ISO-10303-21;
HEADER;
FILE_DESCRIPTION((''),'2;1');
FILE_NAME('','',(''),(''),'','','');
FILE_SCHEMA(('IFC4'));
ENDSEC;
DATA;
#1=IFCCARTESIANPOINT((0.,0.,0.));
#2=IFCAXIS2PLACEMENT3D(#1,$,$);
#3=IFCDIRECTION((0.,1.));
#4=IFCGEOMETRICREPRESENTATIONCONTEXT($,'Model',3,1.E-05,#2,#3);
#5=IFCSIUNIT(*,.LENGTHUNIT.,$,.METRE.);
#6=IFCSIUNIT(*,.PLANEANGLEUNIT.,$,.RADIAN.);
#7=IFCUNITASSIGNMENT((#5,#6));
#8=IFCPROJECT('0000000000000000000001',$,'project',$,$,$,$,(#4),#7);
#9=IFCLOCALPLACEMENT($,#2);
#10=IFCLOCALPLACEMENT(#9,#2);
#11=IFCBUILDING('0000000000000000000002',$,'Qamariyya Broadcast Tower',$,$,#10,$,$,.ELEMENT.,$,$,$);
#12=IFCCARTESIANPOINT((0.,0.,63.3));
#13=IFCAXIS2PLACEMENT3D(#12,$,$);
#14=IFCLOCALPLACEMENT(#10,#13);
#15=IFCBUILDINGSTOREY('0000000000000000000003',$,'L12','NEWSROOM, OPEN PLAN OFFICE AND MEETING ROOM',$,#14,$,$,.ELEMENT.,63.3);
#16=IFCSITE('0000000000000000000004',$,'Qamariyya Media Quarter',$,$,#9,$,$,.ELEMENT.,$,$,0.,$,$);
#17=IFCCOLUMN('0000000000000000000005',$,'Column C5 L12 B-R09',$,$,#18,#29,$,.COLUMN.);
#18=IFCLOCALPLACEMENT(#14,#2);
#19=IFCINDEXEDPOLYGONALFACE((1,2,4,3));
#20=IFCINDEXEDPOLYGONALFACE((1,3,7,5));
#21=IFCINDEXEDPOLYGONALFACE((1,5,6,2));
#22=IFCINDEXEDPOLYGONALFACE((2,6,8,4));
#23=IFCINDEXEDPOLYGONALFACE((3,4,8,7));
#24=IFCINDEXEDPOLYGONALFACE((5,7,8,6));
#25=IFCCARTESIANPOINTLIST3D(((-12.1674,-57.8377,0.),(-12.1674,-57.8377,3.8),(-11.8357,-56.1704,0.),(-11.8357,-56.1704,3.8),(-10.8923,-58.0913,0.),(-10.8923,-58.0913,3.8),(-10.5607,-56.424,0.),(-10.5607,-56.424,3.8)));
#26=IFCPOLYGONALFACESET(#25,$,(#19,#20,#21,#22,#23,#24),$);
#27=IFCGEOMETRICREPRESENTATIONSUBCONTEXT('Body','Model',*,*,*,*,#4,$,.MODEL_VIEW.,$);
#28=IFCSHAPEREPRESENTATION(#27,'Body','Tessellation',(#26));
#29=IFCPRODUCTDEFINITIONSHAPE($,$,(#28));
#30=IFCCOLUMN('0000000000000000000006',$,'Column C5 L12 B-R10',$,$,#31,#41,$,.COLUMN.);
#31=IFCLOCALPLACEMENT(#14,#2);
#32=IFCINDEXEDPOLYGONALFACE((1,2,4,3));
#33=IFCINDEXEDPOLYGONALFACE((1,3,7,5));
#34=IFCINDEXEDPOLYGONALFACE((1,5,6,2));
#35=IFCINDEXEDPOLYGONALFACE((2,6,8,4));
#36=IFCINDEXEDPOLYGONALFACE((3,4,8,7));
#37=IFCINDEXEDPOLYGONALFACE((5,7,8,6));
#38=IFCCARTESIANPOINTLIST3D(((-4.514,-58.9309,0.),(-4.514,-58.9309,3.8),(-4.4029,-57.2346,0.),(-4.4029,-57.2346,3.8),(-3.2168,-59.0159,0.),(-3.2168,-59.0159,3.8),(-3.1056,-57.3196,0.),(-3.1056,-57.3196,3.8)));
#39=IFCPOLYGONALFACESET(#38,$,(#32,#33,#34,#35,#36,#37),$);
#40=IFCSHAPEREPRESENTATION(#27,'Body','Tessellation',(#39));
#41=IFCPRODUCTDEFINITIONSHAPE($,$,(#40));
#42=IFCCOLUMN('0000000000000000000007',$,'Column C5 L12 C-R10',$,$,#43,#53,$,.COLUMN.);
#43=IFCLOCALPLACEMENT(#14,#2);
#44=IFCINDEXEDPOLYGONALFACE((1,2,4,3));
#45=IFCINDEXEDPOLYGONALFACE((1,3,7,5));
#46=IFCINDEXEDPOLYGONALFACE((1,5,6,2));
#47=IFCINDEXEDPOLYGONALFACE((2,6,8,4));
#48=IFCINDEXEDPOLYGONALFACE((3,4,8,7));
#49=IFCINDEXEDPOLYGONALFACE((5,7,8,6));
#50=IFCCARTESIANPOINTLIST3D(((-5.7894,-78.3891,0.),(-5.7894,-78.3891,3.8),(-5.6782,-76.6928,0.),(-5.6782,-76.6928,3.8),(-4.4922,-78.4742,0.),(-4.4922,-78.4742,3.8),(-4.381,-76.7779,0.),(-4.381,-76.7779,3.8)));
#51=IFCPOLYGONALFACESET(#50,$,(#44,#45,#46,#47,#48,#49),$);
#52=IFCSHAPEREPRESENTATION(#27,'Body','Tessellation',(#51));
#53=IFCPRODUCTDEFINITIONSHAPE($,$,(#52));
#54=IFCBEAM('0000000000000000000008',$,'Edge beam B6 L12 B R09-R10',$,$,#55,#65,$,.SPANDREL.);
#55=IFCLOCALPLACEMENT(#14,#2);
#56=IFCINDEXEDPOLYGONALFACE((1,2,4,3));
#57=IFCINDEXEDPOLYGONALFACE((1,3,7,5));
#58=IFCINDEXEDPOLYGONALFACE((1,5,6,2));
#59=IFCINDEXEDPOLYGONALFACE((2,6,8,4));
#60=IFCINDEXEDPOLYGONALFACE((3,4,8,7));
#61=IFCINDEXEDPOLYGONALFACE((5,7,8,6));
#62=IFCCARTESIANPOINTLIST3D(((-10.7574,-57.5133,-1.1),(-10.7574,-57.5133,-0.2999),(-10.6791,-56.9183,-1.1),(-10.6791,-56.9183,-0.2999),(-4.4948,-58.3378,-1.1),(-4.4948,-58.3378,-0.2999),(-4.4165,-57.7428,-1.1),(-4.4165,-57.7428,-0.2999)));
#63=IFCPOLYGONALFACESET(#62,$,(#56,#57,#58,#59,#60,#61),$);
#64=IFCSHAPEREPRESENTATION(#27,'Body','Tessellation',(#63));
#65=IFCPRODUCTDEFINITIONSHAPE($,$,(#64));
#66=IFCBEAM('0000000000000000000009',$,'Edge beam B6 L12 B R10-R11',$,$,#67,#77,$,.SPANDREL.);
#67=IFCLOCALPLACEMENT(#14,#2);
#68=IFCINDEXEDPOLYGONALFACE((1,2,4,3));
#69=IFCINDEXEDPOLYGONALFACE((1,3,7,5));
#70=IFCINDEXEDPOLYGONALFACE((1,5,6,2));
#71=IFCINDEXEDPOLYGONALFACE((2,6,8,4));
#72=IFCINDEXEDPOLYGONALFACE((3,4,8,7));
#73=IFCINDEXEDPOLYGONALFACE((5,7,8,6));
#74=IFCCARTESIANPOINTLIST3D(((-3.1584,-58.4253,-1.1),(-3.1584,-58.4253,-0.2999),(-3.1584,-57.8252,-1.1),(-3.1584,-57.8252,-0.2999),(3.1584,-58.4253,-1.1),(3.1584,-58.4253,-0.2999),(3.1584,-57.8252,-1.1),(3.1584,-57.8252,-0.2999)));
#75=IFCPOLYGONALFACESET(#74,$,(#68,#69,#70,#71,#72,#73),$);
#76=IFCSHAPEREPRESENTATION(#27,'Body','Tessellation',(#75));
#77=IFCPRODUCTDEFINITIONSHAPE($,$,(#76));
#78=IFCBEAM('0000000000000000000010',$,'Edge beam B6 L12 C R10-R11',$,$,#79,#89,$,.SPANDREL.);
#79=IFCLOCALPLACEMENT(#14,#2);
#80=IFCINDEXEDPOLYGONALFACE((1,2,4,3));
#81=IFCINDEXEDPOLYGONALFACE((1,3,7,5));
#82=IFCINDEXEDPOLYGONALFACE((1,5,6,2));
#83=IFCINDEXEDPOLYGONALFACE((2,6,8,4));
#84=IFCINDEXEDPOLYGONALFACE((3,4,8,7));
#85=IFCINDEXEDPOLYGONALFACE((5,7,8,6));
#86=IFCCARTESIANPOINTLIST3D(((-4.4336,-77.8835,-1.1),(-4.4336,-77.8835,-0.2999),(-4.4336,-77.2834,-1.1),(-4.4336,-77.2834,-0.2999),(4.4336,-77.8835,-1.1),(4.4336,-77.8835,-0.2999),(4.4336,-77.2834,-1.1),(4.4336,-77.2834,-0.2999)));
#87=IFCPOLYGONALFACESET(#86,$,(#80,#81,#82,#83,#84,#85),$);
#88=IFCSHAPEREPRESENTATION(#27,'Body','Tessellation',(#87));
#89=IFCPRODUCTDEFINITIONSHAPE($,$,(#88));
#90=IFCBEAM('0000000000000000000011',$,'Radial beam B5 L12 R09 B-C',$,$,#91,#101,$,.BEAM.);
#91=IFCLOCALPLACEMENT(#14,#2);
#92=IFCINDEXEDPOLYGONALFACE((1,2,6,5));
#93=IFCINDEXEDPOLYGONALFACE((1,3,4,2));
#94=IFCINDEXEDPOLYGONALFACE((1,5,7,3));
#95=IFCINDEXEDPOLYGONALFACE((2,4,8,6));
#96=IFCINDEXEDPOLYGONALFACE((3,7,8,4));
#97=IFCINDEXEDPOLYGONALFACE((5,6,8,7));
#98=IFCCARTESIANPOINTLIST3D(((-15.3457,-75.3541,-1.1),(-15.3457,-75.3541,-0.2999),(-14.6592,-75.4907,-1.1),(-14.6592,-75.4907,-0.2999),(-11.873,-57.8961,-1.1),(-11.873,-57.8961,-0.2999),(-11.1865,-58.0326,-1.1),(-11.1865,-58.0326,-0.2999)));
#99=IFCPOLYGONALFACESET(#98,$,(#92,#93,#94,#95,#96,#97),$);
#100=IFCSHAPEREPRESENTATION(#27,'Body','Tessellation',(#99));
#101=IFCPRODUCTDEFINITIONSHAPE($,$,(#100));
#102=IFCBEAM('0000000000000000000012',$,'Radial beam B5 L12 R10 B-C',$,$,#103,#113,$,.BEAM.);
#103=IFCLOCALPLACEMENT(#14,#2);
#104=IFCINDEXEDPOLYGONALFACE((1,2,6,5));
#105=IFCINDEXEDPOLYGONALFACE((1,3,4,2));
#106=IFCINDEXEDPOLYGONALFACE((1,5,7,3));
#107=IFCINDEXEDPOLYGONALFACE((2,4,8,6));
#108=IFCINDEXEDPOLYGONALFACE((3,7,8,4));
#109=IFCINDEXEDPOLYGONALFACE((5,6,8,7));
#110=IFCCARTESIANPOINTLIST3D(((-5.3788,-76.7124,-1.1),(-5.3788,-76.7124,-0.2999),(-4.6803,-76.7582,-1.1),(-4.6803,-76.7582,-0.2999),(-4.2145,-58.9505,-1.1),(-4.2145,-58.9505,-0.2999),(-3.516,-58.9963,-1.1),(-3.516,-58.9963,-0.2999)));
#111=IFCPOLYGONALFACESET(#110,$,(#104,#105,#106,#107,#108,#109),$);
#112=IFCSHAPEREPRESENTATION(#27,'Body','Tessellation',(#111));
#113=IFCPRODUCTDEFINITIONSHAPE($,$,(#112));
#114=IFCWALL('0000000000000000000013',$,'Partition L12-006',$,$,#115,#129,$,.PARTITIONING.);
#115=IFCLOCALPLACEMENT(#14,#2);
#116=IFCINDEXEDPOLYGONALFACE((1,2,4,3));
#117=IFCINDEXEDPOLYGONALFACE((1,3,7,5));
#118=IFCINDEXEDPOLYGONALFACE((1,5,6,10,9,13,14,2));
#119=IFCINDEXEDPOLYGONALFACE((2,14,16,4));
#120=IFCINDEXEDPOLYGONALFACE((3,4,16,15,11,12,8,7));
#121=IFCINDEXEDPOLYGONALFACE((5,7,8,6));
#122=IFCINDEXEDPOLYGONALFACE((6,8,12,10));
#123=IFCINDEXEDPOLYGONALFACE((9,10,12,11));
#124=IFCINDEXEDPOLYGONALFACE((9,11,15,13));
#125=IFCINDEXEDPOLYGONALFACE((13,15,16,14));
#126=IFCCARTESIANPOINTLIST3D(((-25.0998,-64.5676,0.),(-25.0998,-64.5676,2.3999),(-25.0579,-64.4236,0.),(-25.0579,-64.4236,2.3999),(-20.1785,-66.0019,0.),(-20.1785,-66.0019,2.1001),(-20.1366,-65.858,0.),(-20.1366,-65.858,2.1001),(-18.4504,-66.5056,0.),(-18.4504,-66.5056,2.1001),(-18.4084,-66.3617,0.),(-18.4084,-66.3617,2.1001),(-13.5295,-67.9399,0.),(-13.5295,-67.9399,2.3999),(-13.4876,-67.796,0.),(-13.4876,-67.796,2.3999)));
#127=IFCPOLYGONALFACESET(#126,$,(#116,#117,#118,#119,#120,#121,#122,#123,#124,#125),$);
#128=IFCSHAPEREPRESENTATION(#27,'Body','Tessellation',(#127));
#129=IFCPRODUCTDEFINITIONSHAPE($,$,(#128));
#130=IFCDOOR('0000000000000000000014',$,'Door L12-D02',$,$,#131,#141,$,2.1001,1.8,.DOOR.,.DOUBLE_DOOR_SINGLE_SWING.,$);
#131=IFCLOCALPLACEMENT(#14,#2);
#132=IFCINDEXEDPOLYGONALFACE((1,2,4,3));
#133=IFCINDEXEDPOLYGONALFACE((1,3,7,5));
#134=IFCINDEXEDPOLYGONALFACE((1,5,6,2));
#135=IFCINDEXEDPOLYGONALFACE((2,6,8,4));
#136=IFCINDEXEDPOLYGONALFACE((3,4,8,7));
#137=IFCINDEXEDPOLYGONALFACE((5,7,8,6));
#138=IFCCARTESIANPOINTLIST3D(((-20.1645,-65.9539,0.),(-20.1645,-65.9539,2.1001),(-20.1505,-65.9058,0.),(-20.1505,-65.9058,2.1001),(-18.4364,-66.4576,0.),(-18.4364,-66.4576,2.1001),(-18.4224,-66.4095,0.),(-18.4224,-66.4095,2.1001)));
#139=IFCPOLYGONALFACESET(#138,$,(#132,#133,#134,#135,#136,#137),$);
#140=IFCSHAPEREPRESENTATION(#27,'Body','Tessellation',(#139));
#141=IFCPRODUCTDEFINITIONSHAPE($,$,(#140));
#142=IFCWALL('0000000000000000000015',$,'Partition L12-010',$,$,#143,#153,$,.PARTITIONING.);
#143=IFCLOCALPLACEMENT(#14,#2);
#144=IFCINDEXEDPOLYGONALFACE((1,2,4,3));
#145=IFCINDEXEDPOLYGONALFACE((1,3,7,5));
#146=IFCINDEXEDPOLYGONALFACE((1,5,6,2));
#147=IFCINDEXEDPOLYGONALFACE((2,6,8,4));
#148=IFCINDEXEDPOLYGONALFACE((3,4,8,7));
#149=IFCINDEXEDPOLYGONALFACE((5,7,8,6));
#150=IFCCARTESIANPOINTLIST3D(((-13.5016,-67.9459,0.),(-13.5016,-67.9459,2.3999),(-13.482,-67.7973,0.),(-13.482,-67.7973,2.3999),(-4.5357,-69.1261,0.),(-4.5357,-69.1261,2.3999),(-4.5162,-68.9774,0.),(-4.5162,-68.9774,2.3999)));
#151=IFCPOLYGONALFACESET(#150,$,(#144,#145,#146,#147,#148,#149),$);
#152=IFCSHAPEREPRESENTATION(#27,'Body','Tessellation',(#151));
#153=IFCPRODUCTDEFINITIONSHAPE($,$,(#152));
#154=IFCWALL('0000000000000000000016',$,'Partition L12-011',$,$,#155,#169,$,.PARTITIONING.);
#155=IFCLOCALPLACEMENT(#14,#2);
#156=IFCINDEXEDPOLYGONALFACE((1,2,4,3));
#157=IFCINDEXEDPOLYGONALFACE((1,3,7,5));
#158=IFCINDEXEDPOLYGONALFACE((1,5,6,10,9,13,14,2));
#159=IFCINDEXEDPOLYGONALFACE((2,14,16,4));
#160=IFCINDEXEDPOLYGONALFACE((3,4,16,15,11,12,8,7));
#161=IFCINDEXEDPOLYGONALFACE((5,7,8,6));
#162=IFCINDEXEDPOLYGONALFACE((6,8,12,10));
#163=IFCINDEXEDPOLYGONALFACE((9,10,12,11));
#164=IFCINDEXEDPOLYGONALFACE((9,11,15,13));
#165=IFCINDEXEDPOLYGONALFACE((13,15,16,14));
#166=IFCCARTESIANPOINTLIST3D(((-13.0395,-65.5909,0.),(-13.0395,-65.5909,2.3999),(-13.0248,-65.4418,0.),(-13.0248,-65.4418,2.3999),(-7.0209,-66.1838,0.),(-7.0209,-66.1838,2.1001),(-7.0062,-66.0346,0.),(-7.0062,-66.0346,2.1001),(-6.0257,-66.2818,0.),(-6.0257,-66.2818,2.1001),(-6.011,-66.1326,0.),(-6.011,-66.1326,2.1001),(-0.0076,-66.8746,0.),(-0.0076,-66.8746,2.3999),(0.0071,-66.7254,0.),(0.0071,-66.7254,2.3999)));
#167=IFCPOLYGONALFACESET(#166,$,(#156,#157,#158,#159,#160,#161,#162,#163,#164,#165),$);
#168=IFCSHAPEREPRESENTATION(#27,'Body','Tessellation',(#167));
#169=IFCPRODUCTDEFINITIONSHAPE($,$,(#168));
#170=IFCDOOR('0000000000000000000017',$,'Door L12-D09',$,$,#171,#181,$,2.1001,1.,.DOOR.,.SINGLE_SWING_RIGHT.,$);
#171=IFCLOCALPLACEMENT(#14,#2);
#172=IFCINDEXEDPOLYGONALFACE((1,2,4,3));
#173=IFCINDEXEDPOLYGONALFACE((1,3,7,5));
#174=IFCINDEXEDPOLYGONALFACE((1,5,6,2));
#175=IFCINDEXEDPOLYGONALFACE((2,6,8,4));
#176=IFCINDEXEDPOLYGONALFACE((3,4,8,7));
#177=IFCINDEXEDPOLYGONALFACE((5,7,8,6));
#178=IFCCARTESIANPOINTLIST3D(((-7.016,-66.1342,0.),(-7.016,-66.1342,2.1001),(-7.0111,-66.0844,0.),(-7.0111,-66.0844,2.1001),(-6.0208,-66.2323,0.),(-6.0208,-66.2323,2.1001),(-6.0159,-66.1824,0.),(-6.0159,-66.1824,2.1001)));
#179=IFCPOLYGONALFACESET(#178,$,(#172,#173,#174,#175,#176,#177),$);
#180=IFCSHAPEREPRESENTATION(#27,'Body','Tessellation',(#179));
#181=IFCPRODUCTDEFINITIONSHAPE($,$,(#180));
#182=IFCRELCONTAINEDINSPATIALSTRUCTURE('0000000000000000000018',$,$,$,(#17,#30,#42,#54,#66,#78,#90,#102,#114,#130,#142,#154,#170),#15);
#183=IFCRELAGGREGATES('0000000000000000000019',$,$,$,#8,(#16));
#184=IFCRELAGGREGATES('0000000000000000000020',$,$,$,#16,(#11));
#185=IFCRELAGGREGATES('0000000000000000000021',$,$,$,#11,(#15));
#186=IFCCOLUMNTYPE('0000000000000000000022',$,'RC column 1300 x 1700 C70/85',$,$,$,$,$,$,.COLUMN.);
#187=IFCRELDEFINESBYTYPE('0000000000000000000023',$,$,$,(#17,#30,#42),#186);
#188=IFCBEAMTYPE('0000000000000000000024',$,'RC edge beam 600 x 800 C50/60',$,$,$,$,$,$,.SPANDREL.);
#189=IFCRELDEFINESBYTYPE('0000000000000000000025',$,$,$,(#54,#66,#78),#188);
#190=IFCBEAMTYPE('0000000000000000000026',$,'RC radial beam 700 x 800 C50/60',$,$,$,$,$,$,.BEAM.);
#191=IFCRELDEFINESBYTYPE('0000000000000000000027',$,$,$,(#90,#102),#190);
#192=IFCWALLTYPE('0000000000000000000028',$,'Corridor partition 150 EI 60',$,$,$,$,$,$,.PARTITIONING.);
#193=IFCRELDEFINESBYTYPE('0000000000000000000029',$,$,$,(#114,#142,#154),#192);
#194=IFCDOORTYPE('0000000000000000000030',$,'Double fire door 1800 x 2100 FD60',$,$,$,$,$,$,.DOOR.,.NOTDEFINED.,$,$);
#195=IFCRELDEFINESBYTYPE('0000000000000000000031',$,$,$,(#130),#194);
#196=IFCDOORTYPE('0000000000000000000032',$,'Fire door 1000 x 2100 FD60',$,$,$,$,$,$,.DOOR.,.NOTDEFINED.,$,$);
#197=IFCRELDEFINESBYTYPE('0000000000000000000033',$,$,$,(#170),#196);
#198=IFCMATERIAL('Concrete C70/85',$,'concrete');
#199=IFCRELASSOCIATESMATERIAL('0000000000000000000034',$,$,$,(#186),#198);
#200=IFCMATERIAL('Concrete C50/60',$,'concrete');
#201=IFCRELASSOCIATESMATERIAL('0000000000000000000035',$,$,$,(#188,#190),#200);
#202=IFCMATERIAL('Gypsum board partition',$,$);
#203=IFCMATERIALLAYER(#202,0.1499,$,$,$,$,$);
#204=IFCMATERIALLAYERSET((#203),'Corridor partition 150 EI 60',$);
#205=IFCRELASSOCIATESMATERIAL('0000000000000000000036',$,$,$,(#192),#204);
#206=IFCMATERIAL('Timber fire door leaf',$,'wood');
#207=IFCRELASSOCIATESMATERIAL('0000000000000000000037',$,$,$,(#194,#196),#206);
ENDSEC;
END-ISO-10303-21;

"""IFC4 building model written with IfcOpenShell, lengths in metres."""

from ifc_helpers import new_model, si_unit, direction, frame, frame_2d, origin, origin_2d, place, context, subcontext, project, spatial, rectangle, extrude, material, layer, layer_set, material_profile, profile_set, type_object, element, fill, save


model = new_model("IFC4")

# Units and contexts
model_context = context("Model", 3, precision=1e-05, world=origin(), true_north=direction((0.0, 1.0)))
body_context = subcontext(model_context, "Body", "Model", "MODEL_VIEW")
ifc_project = project(units=[si_unit("LENGTHUNIT", "METRE"), si_unit("PLANEANGLEUNIT", "RADIAN")], contexts=[model_context])

# Site, building, storey
site_placement = place(None, origin())
site = spatial("IfcSite", under=ifc_project, at=site_placement, Name="Qamariyya Media Quarter", CompositionType="ELEMENT", RefElevation=0.0)
building_placement = place(site_placement, origin())
building = spatial("IfcBuilding", under=site, at=building_placement, Name="Qamariyya Broadcast Tower", CompositionType="ELEMENT")
storey_placement = place(building_placement, frame((0.0, 0.0, 63.3)))
storey = spatial("IfcBuildingStorey", under=building, at=storey_placement, Name="L12", Description="NEWSROOM, OPEN PLAN OFFICE AND MEETING ROOM", CompositionType="ELEMENT", Elevation=63.3)

# Columns
ifc_material_1 = material(Name="Concrete C70/85", Category="concrete")
ifc_material_profile_1 = material_profile(ifc_material_1, rectangle(XDim=1.3, YDim=1.7, at=origin_2d()))
ifc_profile_set_1 = profile_set([ifc_material_profile_1], Name="Concrete C70/85")
column_type = type_object("IfcColumnType", Name="RC column 1300 x 1700 C70/85", PredefinedType="COLUMN", material=ifc_profile_set_1)
for number, where, z_axis, x_axis, name in (
    (1, (-11.364, -57.1309, 0.0), (0.0, 0.0, 1.0), (0.980785, -0.19509, 0.0), "Column C5 L12 B-R09"),
    (2, (-3.8098, -58.1252, 0.0), (0.0, 0.0, 1.0), (0.997859, -0.065403, 0.0), "Column C5 L12 B-R10"),
    (3, (-5.0852, -77.5835, 0.0), (0.0, 0.0, 1.0), (0.997859, -0.065403, 0.0), "Column C5 L12 C-R10"),
):
    element("IfcColumn", number, at=place(storey_placement, frame(where, z_axis=z_axis, x_axis=x_axis)), inside=storey, type_object=column_type, Name=name, PredefinedType="COLUMN", context=body_context, shape_type="SweptSolid", body=[
        extrude(rectangle(XDim=1.3, YDim=1.7, at=origin_2d()), origin(), (0.0, 0.0, 1.0), 3.8),
    ])

# Beams
ifc_material_2 = material(Name="Concrete C50/60", Category="concrete")
ifc_material_profile_2 = material_profile(ifc_material_2, rectangle(XDim=0.6001, YDim=0.8, at=origin_2d()))
ifc_profile_set_2 = profile_set([ifc_material_profile_2], Name="Concrete C50/60")
beam_type_1 = type_object("IfcBeamType", Name="RC edge beam 600 x 800 C50/60", PredefinedType="SPANDREL", material=ifc_profile_set_2)
beam_1_placement = place(storey_placement, frame((-10.7183, -57.2158, -0.7), z_axis=(0.991446, -0.13052, 0.0), x_axis=(0.13052, 0.991446, 0.0)))
element("IfcBeam", 4, at=beam_1_placement, inside=storey, type_object=beam_type_1, Name="Edge beam B6 L12 B R09-R10", PredefinedType="SPANDREL", context=body_context, shape_type="SweptSolid", body=[
    extrude(rectangle(XDim=0.6001, YDim=0.8, at=origin_2d()), origin(), (0.0, 0.0, 1.0), 6.3167),
])
beam_2_placement = place(storey_placement, frame((-3.1584, -58.1252, -0.7), z_axis=(1.0, 0.0, 0.0), x_axis=(0.0, 1.0, 0.0)))
element("IfcBeam", 5, at=beam_2_placement, inside=storey, type_object=beam_type_1, Name="Edge beam B6 L12 B R10-R11", PredefinedType="SPANDREL", context=body_context, shape_type="SweptSolid", body=[
    extrude(rectangle(XDim=0.6001, YDim=0.8, at=origin_2d()), origin(), (0.0, 0.0, 1.0), 6.3169),
])
beam_3_placement = place(storey_placement, frame((-4.4336, -77.5835, -0.7), z_axis=(1.0, 0.0, 0.0), x_axis=(0.0, 1.0, 0.0)))
element("IfcBeam", 6, at=beam_3_placement, inside=storey, type_object=beam_type_1, Name="Edge beam B6 L12 C R10-R11", PredefinedType="SPANDREL", context=body_context, shape_type="SweptSolid", body=[
    extrude(rectangle(XDim=0.6001, YDim=0.8, at=origin_2d()), origin(), (0.0, 0.0, 1.0), 8.8672),
])
ifc_material_profile_3 = material_profile(ifc_material_2, rectangle(XDim=0.7, YDim=0.8, at=origin_2d()))
ifc_profile_set_3 = profile_set([ifc_material_profile_3], Name="Concrete C50/60")
beam_type_2 = type_object("IfcBeamType", Name="RC radial beam 700 x 800 C50/60", PredefinedType="BEAM", material=ifc_profile_set_3)
for number, where, z_axis, x_axis, name in (
    (7, (-11.5298, -57.9644, -0.7), (-0.195093, -0.980785, 0.0), (0.980785, -0.195093, 0.0), "Radial beam B5 L12 R09 B-C"),
    (8, (-3.8652, -58.9734, -0.7), (-0.06541, -0.997858, 0.0), (0.997858, -0.06541, 0.0), "Radial beam B5 L12 R10 B-C"),
):
    element("IfcBeam", number, at=place(storey_placement, frame(where, z_axis=z_axis, x_axis=x_axis)), inside=storey, type_object=beam_type_2, Name=name, PredefinedType="BEAM", context=body_context, shape_type="SweptSolid", body=[
        extrude(rectangle(XDim=0.7, YDim=0.8, at=origin_2d()), origin(), (0.0, 0.0, 1.0), 17.8),
    ])

# Wall, opening, door
ifc_material_3 = material(Name="Gypsum board partition")
ifc_layer_1 = layer(ifc_material_3, 0.1499)
ifc_layer_set_1 = layer_set([ifc_layer_1], Name="Corridor partition 150 EI 60")
wall_type_1 = type_object("IfcWallType", Name="Corridor partition 150 EI 60", PredefinedType="PARTITIONING", material=ifc_layer_set_1)
wall_1_placement = place(storey_placement, frame((-13.5085, -67.8679, 0.0), z_axis=(0.0, 0.0, 1.0), x_axis=(-0.960053, 0.27982, 0.0)))
wall_1 = element("IfcWall", 9, at=wall_1_placement, inside=storey, type_object=wall_type_1, Name="Partition L12-006", PredefinedType="PARTITIONING", context=body_context, shape_type="SweptSolid", body=[
    extrude(rectangle(XDim=12.0518, YDim=0.1499, at=frame_2d((6.0259, 0.0))), origin(), (0.0, 0.0, 1.0), 2.3999),
])
opening_1_placement = place(wall_1_placement, frame((5.1257, 0.0, 0.0)))
opening_1 = element("IfcOpeningElement", 10, at=opening_1_placement, cuts=wall_1, PredefinedType="OPENING", context=body_context, shape_type="SweptSolid", body=[
    extrude(rectangle(XDim=1.8, YDim=2.1001, at=frame_2d((0.8999, 1.05))), frame((0.0, 0.085, 0.0), z_axis=(0.0, -1.0, 0.0), x_axis=(1.0, 0.0, 0.0)), (0.0, 0.0, 1.0), 0.1699),
])
ifc_material_4 = material(Name="Timber fire door leaf", Category="wood")
door_type_1 = type_object("IfcDoorType", Name="Double fire door 1800 x 2100 FD60", OperationType="NOTDEFINED", PredefinedType="DOOR", material=ifc_material_4)
door_1_placement = place(opening_1_placement, origin())
door_1 = element("IfcDoor", 11, at=door_1_placement, inside=storey, type_object=door_type_1, Name="Door L12-D02", OperationType="DOUBLE_DOOR_SINGLE_SWING", OverallHeight=2.1001, OverallWidth=1.8, PredefinedType="DOOR", context=body_context, shape_type="SweptSolid", body=[
    extrude(rectangle(XDim=1.8, YDim=2.1001, at=frame_2d((0.8999, 1.05))), frame((0.0, 0.0249, 0.0), z_axis=(0.0, -1.0, 0.0), x_axis=(1.0, 0.0, 0.0)), (0.0, 0.0, 1.0), 0.05),
])
fill(opening_1, door_1)

# Wall
wall_2_placement = place(storey_placement, frame((-13.4917, -67.8716, 0.0), z_axis=(0.0, 0.0, 1.0), x_axis=(0.991448, -0.130505, 0.0)))
element("IfcWall", 12, at=wall_2_placement, inside=storey, type_object=wall_type_1, Name="Partition L12-010", PredefinedType="PARTITIONING", context=body_context, shape_type="SweptSolid", body=[
    extrude(rectangle(XDim=9.0432, YDim=0.1499, at=frame_2d((4.5215, 0.0))), origin(), (0.0, 0.0, 1.0), 2.3999),
])

# Wall, opening, door
wall_3_placement = place(storey_placement, frame((-13.032, -65.5164, 0.0), z_axis=(0.0, 0.0, 1.0), x_axis=(0.995184, -0.098029, 0.0)))
wall_3 = element("IfcWall", 13, at=wall_3_placement, inside=storey, type_object=wall_type_1, Name="Partition L12-011", PredefinedType="PARTITIONING", context=body_context, shape_type="SweptSolid", body=[
    extrude(rectangle(XDim=13.095, YDim=0.1499, at=frame_2d((6.5474, 0.0))), origin(), (0.0, 0.0, 1.0), 2.3999),
])
opening_2_placement = place(wall_3_placement, frame((6.0476, 0.0, 0.0)))
opening_2 = element("IfcOpeningElement", 14, at=opening_2_placement, cuts=wall_3, PredefinedType="OPENING", context=body_context, shape_type="SweptSolid", body=[
    extrude(rectangle(XDim=1.0, YDim=2.1001, at=frame_2d((0.5, 1.05))), frame((0.0, 0.085, 0.0), z_axis=(0.0, -1.0, 0.0), x_axis=(1.0, 0.0, 0.0)), (0.0, 0.0, 1.0), 0.1699),
])
door_type_2 = type_object("IfcDoorType", Name="Fire door 1000 x 2100 FD60", OperationType="NOTDEFINED", PredefinedType="DOOR", material=ifc_material_4)
door_2_placement = place(opening_2_placement, origin())
door_2 = element("IfcDoor", 15, at=door_2_placement, inside=storey, type_object=door_type_2, Name="Door L12-D09", OperationType="SINGLE_SWING_RIGHT", OverallHeight=2.1001, OverallWidth=1.0, PredefinedType="DOOR", context=body_context, shape_type="SweptSolid", body=[
    extrude(rectangle(XDim=1.0, YDim=2.1001, at=frame_2d((0.5, 1.05))), frame((0.0, 0.0249, 0.0), z_axis=(0.0, -1.0, 0.0), x_axis=(1.0, 0.0, 0.0)), (0.0, 0.0, 1.0), 0.05),
])
fill(opening_2, door_2)

save(model, "model.ifc")
